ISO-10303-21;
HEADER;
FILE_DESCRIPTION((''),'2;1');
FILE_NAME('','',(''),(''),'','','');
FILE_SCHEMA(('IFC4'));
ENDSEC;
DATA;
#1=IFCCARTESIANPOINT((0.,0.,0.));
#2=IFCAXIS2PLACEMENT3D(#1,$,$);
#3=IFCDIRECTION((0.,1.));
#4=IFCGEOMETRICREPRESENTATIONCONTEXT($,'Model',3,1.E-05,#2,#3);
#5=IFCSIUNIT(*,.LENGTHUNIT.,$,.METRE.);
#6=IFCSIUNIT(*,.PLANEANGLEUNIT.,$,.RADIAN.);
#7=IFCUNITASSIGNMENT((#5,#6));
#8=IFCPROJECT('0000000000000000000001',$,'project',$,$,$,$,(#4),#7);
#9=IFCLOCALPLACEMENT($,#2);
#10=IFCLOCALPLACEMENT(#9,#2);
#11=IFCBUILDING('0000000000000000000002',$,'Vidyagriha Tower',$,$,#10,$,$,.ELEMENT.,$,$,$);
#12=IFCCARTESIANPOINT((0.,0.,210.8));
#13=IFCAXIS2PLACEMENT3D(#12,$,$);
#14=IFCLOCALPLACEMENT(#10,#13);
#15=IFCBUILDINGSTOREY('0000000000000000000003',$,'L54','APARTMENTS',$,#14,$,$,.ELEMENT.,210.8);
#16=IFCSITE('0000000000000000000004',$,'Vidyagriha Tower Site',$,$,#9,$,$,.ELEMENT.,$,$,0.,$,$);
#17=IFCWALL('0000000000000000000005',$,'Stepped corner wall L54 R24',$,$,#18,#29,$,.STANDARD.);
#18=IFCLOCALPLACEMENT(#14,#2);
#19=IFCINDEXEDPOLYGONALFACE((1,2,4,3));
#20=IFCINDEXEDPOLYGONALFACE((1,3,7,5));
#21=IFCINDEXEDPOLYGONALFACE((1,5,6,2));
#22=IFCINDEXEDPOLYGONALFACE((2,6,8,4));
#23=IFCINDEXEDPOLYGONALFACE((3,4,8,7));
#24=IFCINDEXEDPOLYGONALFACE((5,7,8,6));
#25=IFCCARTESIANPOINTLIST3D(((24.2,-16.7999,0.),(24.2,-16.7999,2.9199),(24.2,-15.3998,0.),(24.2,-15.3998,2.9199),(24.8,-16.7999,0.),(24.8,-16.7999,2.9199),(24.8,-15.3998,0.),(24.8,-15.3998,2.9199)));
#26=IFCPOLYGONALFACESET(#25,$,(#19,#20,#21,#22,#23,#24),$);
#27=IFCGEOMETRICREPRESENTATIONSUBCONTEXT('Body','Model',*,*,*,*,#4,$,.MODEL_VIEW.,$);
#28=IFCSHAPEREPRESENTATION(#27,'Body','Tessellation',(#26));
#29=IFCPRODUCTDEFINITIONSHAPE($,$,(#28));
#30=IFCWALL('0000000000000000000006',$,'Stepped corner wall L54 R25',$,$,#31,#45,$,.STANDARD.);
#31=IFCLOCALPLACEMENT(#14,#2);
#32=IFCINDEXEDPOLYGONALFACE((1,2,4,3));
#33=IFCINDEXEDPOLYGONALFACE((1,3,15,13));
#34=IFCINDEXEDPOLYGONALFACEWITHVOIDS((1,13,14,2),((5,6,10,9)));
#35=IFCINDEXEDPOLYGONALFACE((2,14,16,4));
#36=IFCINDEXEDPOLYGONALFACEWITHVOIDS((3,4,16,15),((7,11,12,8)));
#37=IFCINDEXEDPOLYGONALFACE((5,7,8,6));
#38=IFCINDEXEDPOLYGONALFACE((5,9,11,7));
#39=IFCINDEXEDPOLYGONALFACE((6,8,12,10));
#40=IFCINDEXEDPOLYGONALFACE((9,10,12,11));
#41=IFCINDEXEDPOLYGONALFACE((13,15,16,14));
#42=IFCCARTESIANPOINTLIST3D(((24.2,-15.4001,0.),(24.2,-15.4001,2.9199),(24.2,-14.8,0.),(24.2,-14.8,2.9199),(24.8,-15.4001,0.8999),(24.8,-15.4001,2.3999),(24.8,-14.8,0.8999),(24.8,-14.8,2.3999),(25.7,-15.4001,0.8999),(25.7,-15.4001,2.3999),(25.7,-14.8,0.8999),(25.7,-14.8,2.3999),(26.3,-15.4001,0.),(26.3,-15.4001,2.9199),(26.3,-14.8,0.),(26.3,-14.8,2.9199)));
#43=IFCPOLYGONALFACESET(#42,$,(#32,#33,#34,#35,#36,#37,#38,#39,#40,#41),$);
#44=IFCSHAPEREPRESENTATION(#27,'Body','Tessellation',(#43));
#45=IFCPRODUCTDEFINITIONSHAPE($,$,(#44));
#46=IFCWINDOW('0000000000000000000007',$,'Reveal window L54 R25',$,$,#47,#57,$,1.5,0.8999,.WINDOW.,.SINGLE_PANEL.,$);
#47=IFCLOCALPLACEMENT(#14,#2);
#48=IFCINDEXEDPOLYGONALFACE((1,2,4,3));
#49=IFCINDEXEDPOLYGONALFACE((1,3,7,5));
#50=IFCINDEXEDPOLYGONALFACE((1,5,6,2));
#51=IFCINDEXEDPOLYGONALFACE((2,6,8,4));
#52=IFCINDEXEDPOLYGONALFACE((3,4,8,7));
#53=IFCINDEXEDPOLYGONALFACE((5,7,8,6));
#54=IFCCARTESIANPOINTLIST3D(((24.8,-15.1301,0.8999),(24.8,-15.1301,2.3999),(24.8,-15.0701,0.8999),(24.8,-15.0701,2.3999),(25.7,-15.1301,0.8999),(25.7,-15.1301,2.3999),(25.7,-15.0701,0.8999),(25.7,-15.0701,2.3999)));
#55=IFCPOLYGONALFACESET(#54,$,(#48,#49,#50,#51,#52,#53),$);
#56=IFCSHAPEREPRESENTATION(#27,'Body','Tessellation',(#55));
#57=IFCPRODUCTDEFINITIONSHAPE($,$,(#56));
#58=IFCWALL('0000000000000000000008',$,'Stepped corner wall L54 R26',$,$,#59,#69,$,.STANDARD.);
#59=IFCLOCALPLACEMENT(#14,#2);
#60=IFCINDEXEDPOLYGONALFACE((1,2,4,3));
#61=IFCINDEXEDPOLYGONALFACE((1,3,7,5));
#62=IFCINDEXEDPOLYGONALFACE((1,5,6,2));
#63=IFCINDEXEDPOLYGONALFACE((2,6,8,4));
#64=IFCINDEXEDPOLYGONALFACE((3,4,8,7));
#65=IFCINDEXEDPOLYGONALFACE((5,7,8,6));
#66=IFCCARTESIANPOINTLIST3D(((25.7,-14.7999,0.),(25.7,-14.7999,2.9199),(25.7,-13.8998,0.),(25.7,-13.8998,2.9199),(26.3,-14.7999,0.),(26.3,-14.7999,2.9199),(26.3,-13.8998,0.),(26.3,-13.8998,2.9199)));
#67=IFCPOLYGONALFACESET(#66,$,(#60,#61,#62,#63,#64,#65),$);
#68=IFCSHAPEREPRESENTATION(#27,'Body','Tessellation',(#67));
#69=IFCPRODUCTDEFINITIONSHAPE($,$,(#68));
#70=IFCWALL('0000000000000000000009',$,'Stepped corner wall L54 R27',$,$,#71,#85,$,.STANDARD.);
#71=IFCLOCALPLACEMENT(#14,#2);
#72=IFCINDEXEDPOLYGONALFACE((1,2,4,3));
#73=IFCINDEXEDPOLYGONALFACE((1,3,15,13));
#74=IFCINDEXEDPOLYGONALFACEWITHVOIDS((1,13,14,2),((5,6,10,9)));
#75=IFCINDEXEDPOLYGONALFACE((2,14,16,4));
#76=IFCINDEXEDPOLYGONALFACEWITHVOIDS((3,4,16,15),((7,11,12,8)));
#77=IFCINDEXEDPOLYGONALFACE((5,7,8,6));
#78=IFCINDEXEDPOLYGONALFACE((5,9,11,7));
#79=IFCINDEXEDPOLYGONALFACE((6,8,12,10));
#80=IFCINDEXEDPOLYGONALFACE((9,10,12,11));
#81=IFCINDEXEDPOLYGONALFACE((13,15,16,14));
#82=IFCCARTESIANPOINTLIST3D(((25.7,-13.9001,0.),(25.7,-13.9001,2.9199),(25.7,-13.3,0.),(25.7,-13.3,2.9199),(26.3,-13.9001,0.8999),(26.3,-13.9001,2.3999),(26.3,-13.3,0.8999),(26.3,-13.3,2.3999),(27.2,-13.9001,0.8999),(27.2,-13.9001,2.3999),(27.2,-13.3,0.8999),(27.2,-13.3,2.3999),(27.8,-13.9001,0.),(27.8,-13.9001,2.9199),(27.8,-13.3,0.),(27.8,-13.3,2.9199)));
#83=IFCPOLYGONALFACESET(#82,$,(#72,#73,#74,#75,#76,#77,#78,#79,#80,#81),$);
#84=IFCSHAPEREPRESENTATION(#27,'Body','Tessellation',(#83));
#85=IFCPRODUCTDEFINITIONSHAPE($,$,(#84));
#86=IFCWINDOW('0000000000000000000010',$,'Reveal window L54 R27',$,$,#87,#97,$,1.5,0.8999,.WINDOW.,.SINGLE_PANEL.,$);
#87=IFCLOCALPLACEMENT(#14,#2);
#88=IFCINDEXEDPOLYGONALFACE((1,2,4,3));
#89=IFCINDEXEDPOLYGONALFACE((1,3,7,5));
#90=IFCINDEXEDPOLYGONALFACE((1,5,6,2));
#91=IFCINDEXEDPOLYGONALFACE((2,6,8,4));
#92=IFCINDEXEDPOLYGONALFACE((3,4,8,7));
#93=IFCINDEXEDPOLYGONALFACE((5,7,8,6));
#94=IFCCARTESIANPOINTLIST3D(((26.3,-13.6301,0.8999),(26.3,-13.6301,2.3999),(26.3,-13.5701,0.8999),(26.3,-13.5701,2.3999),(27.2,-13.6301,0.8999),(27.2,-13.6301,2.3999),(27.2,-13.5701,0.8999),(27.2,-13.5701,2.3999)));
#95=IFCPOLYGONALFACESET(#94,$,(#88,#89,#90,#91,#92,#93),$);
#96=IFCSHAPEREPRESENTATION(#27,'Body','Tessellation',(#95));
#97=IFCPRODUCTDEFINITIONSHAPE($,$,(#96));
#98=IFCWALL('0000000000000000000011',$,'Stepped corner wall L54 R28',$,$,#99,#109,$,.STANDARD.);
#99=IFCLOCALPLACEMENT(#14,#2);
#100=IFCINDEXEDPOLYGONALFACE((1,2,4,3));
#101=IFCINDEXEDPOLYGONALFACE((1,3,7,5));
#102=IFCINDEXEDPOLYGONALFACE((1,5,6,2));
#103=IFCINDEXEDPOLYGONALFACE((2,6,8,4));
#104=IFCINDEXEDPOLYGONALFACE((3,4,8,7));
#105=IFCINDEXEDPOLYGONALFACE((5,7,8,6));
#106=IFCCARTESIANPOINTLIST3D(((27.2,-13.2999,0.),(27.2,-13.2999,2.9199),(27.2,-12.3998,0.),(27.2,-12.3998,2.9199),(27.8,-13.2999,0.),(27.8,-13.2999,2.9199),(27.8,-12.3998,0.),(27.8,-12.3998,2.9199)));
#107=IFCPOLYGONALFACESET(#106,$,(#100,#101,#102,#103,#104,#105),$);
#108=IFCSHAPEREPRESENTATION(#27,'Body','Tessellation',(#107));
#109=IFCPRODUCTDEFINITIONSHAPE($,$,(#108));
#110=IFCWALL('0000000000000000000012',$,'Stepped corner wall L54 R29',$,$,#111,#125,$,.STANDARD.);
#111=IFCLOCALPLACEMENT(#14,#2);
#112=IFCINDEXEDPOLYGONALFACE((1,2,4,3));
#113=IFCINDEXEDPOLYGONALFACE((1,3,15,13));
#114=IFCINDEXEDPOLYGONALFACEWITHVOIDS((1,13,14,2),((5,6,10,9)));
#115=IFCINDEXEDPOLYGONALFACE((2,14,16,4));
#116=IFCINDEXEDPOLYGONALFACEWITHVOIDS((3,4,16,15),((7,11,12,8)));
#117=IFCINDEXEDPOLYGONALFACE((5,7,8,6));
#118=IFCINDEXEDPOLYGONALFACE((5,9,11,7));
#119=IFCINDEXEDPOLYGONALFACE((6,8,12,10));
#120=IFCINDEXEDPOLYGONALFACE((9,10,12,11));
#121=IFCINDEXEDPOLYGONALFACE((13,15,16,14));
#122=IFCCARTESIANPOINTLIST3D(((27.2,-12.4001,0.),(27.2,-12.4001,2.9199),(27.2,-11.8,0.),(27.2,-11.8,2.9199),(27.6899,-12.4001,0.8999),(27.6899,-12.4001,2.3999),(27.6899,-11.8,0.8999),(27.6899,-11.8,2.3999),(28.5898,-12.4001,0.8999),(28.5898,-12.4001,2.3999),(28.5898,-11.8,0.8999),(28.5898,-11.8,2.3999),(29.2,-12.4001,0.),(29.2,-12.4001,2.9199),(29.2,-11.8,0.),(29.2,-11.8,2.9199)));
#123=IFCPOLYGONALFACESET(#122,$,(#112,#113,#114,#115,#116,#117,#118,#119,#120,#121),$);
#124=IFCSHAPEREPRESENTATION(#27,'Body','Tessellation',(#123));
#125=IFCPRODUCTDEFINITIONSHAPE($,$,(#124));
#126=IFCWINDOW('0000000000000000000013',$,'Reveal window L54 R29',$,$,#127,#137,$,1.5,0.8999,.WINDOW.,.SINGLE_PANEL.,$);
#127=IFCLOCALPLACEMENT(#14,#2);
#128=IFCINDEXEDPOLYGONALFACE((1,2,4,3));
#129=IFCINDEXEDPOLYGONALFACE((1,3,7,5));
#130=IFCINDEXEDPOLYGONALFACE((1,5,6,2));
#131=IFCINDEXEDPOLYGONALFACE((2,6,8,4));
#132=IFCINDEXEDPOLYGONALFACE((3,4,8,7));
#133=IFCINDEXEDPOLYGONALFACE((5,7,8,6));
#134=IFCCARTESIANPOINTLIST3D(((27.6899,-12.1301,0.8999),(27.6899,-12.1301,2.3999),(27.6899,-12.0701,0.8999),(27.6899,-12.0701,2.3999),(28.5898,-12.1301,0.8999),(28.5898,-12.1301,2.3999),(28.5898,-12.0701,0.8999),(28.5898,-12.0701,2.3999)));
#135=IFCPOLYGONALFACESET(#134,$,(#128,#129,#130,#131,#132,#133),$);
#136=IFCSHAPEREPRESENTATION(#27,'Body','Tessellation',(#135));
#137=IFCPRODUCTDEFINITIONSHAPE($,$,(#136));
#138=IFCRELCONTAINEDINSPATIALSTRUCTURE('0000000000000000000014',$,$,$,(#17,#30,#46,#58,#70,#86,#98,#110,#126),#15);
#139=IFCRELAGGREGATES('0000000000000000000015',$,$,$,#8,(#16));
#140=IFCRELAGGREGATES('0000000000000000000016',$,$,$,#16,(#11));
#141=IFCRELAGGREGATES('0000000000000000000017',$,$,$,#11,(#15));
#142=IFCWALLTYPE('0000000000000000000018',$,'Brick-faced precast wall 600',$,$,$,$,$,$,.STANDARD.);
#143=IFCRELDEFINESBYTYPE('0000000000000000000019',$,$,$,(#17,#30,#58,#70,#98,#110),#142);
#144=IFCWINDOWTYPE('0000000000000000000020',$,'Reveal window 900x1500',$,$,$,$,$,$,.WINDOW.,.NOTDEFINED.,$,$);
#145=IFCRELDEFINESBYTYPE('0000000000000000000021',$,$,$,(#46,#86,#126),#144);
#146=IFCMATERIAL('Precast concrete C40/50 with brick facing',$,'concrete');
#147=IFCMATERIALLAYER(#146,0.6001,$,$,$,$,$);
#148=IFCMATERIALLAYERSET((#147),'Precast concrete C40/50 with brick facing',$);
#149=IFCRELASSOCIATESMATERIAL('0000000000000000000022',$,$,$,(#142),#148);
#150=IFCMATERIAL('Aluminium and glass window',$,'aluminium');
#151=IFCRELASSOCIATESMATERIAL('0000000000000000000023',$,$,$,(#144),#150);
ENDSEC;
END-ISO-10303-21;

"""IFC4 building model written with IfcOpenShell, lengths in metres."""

from ifc_helpers import new_model, si_unit, direction, frame, frame_2d, origin, place, context, subcontext, project, spatial, rectangle, extrude, material, layer, layer_set, type_object, element, fill, save


model = new_model("IFC4")

# Units and contexts
model_context = context("Model", 3, precision=1e-05, world=origin(), true_north=direction((0.0, 1.0)))
body_context = subcontext(model_context, "Body", "Model", "MODEL_VIEW")
ifc_project = project(units=[si_unit("LENGTHUNIT", "METRE"), si_unit("PLANEANGLEUNIT", "RADIAN")], contexts=[model_context])

# Site, building, storey
site_placement = place(None, origin())
site = spatial("IfcSite", under=ifc_project, at=site_placement, Name="Vidyagriha Tower Site", CompositionType="ELEMENT", RefElevation=0.0)
building_placement = place(site_placement, origin())
building = spatial("IfcBuilding", under=site, at=building_placement, Name="Vidyagriha Tower", CompositionType="ELEMENT")
storey_placement = place(building_placement, frame((0.0, 0.0, 210.8)))
storey = spatial("IfcBuildingStorey", under=building, at=storey_placement, Name="L54", Description="APARTMENTS", CompositionType="ELEMENT", Elevation=210.8)

# Shared definitions
ifc_material_1 = material(Name="Precast concrete C40/50 with brick facing", Category="concrete")
ifc_layer_1 = layer(ifc_material_1, 0.6001)
ifc_layer_set_1 = layer_set([ifc_layer_1], Name="Precast concrete C40/50 with brick facing")
wall_type_1 = type_object("IfcWallType", Name="Brick-faced precast wall 600", PredefinedType="STANDARD", material=ifc_layer_set_1)

# Wall
wall_1_placement = place(storey_placement, frame((24.5, -16.8, 0.0), z_axis=(0.0, 0.0, 1.0), x_axis=(0.0, 1.0, 0.0)))
element("IfcWall", 1, at=wall_1_placement, inside=storey, type_object=wall_type_1, Name="Stepped corner wall L54 R24", PredefinedType="STANDARD", context=body_context, shape_type="SweptSolid", body=[
    extrude(rectangle(XDim=1.4001, YDim=0.6001, at=frame_2d((0.7002, 0.0))), origin(), (0.0, 0.0, 1.0), 2.9199),
])

# Wall, opening, window
wall_2_placement = place(storey_placement, frame((24.2, -15.1001, 0.0)))
wall_2 = element("IfcWall", 2, at=wall_2_placement, inside=storey, type_object=wall_type_1, Name="Stepped corner wall L54 R25", PredefinedType="STANDARD", context=body_context, shape_type="SweptSolid", body=[
    extrude(rectangle(XDim=2.1001, YDim=0.6001, at=frame_2d((1.05, 0.0))), origin(), (0.0, 0.0, 1.0), 2.9199),
])
opening_1_placement = place(wall_2_placement, frame((0.6001, 0.0, 0.8999)))
opening_1 = element("IfcOpeningElement", 3, at=opening_1_placement, cuts=wall_2, PredefinedType="OPENING", context=body_context, shape_type="SweptSolid", body=[
    extrude(rectangle(XDim=0.8999, YDim=1.5, at=frame_2d((0.45, 0.75))), frame((0.0, 0.3101, 0.0), z_axis=(0.0, -1.0, 0.0), x_axis=(1.0, 0.0, 0.0)), (0.0, 0.0, 1.0), 0.6201),
])
ifc_material_2 = material(Name="Aluminium and glass window", Category="aluminium")
window_type = type_object("IfcWindowType", Name="Reveal window 900x1500", PartitioningType="NOTDEFINED", PredefinedType="WINDOW", material=ifc_material_2)
window_1_placement = place(opening_1_placement, origin())
window_1 = element("IfcWindow", 4, at=window_1_placement, inside=storey, type_object=window_type, Name="Reveal window L54 R25", OverallHeight=1.5, OverallWidth=0.8999, PartitioningType="SINGLE_PANEL", PredefinedType="WINDOW", context=body_context, shape_type="SweptSolid", body=[
    extrude(rectangle(XDim=0.8999, YDim=1.5, at=frame_2d((0.45, 0.75))), frame((0.0, 0.03, 0.0), z_axis=(0.0, -1.0, 0.0), x_axis=(1.0, 0.0, 0.0)), (0.0, 0.0, 1.0), 0.0601),
])
fill(opening_1, window_1)

# Wall
wall_3_placement = place(storey_placement, frame((26.0, -14.8, 0.0), z_axis=(0.0, 0.0, 1.0), x_axis=(0.0, 1.0, 0.0)))
element("IfcWall", 5, at=wall_3_placement, inside=storey, type_object=wall_type_1, Name="Stepped corner wall L54 R26", PredefinedType="STANDARD", context=body_context, shape_type="SweptSolid", body=[
    extrude(rectangle(XDim=0.9001, YDim=0.6001, at=frame_2d((0.4502, 0.0))), origin(), (0.0, 0.0, 1.0), 2.9199),
])

# Wall, opening, window
wall_4_placement = place(storey_placement, frame((25.7, -13.6001, 0.0)))
wall_4 = element("IfcWall", 6, at=wall_4_placement, inside=storey, type_object=wall_type_1, Name="Stepped corner wall L54 R27", PredefinedType="STANDARD", context=body_context, shape_type="SweptSolid", body=[
    extrude(rectangle(XDim=2.1001, YDim=0.6001, at=frame_2d((1.05, 0.0))), origin(), (0.0, 0.0, 1.0), 2.9199),
])
opening_2_placement = place(wall_4_placement, frame((0.6001, 0.0, 0.8999)))
opening_2 = element("IfcOpeningElement", 7, at=opening_2_placement, cuts=wall_4, PredefinedType="OPENING", context=body_context, shape_type="SweptSolid", body=[
    extrude(rectangle(XDim=0.8999, YDim=1.5, at=frame_2d((0.45, 0.75))), frame((0.0, 0.3101, 0.0), z_axis=(0.0, -1.0, 0.0), x_axis=(1.0, 0.0, 0.0)), (0.0, 0.0, 1.0), 0.6201),
])
window_2_placement = place(opening_2_placement, origin())
window_2 = element("IfcWindow", 8, at=window_2_placement, inside=storey, type_object=window_type, Name="Reveal window L54 R27", OverallHeight=1.5, OverallWidth=0.8999, PartitioningType="SINGLE_PANEL", PredefinedType="WINDOW", context=body_context, shape_type="SweptSolid", body=[
    extrude(rectangle(XDim=0.8999, YDim=1.5, at=frame_2d((0.45, 0.75))), frame((0.0, 0.03, 0.0), z_axis=(0.0, -1.0, 0.0), x_axis=(1.0, 0.0, 0.0)), (0.0, 0.0, 1.0), 0.0601),
])
fill(opening_2, window_2)

# Wall
wall_5_placement = place(storey_placement, frame((27.5, -13.3, 0.0), z_axis=(0.0, 0.0, 1.0), x_axis=(0.0, 1.0, 0.0)))
element("IfcWall", 9, at=wall_5_placement, inside=storey, type_object=wall_type_1, Name="Stepped corner wall L54 R28", PredefinedType="STANDARD", context=body_context, shape_type="SweptSolid", body=[
    extrude(rectangle(XDim=0.9001, YDim=0.6001, at=frame_2d((0.4502, 0.0))), origin(), (0.0, 0.0, 1.0), 2.9199),
])

# Wall, opening, window
wall_6_placement = place(storey_placement, frame((27.2, -12.1001, 0.0)))
wall_6 = element("IfcWall", 10, at=wall_6_placement, inside=storey, type_object=wall_type_1, Name="Stepped corner wall L54 R29", PredefinedType="STANDARD", context=body_context, shape_type="SweptSolid", body=[
    extrude(rectangle(XDim=2.0, YDim=0.6001, at=frame_2d((1.0, 0.0))), origin(), (0.0, 0.0, 1.0), 2.9199),
])
opening_3_placement = place(wall_6_placement, frame((0.49, 0.0, 0.8999)))
opening_3 = element("IfcOpeningElement", 11, at=opening_3_placement, cuts=wall_6, PredefinedType="OPENING", context=body_context, shape_type="SweptSolid", body=[
    extrude(rectangle(XDim=0.8999, YDim=1.5, at=frame_2d((0.45, 0.75))), frame((0.0, 0.3101, 0.0), z_axis=(0.0, -1.0, 0.0), x_axis=(1.0, 0.0, 0.0)), (0.0, 0.0, 1.0), 0.6201),
])
window_3_placement = place(opening_3_placement, origin())
window_3 = element("IfcWindow", 12, at=window_3_placement, inside=storey, type_object=window_type, Name="Reveal window L54 R29", OverallHeight=1.5, OverallWidth=0.8999, PartitioningType="SINGLE_PANEL", PredefinedType="WINDOW", context=body_context, shape_type="SweptSolid", body=[
    extrude(rectangle(XDim=0.8999, YDim=1.5, at=frame_2d((0.45, 0.75))), frame((0.0, 0.03, 0.0), z_axis=(0.0, -1.0, 0.0), x_axis=(1.0, 0.0, 0.0)), (0.0, 0.0, 1.0), 0.0601),
])
fill(opening_3, window_3)

save(model, "model.ifc")
